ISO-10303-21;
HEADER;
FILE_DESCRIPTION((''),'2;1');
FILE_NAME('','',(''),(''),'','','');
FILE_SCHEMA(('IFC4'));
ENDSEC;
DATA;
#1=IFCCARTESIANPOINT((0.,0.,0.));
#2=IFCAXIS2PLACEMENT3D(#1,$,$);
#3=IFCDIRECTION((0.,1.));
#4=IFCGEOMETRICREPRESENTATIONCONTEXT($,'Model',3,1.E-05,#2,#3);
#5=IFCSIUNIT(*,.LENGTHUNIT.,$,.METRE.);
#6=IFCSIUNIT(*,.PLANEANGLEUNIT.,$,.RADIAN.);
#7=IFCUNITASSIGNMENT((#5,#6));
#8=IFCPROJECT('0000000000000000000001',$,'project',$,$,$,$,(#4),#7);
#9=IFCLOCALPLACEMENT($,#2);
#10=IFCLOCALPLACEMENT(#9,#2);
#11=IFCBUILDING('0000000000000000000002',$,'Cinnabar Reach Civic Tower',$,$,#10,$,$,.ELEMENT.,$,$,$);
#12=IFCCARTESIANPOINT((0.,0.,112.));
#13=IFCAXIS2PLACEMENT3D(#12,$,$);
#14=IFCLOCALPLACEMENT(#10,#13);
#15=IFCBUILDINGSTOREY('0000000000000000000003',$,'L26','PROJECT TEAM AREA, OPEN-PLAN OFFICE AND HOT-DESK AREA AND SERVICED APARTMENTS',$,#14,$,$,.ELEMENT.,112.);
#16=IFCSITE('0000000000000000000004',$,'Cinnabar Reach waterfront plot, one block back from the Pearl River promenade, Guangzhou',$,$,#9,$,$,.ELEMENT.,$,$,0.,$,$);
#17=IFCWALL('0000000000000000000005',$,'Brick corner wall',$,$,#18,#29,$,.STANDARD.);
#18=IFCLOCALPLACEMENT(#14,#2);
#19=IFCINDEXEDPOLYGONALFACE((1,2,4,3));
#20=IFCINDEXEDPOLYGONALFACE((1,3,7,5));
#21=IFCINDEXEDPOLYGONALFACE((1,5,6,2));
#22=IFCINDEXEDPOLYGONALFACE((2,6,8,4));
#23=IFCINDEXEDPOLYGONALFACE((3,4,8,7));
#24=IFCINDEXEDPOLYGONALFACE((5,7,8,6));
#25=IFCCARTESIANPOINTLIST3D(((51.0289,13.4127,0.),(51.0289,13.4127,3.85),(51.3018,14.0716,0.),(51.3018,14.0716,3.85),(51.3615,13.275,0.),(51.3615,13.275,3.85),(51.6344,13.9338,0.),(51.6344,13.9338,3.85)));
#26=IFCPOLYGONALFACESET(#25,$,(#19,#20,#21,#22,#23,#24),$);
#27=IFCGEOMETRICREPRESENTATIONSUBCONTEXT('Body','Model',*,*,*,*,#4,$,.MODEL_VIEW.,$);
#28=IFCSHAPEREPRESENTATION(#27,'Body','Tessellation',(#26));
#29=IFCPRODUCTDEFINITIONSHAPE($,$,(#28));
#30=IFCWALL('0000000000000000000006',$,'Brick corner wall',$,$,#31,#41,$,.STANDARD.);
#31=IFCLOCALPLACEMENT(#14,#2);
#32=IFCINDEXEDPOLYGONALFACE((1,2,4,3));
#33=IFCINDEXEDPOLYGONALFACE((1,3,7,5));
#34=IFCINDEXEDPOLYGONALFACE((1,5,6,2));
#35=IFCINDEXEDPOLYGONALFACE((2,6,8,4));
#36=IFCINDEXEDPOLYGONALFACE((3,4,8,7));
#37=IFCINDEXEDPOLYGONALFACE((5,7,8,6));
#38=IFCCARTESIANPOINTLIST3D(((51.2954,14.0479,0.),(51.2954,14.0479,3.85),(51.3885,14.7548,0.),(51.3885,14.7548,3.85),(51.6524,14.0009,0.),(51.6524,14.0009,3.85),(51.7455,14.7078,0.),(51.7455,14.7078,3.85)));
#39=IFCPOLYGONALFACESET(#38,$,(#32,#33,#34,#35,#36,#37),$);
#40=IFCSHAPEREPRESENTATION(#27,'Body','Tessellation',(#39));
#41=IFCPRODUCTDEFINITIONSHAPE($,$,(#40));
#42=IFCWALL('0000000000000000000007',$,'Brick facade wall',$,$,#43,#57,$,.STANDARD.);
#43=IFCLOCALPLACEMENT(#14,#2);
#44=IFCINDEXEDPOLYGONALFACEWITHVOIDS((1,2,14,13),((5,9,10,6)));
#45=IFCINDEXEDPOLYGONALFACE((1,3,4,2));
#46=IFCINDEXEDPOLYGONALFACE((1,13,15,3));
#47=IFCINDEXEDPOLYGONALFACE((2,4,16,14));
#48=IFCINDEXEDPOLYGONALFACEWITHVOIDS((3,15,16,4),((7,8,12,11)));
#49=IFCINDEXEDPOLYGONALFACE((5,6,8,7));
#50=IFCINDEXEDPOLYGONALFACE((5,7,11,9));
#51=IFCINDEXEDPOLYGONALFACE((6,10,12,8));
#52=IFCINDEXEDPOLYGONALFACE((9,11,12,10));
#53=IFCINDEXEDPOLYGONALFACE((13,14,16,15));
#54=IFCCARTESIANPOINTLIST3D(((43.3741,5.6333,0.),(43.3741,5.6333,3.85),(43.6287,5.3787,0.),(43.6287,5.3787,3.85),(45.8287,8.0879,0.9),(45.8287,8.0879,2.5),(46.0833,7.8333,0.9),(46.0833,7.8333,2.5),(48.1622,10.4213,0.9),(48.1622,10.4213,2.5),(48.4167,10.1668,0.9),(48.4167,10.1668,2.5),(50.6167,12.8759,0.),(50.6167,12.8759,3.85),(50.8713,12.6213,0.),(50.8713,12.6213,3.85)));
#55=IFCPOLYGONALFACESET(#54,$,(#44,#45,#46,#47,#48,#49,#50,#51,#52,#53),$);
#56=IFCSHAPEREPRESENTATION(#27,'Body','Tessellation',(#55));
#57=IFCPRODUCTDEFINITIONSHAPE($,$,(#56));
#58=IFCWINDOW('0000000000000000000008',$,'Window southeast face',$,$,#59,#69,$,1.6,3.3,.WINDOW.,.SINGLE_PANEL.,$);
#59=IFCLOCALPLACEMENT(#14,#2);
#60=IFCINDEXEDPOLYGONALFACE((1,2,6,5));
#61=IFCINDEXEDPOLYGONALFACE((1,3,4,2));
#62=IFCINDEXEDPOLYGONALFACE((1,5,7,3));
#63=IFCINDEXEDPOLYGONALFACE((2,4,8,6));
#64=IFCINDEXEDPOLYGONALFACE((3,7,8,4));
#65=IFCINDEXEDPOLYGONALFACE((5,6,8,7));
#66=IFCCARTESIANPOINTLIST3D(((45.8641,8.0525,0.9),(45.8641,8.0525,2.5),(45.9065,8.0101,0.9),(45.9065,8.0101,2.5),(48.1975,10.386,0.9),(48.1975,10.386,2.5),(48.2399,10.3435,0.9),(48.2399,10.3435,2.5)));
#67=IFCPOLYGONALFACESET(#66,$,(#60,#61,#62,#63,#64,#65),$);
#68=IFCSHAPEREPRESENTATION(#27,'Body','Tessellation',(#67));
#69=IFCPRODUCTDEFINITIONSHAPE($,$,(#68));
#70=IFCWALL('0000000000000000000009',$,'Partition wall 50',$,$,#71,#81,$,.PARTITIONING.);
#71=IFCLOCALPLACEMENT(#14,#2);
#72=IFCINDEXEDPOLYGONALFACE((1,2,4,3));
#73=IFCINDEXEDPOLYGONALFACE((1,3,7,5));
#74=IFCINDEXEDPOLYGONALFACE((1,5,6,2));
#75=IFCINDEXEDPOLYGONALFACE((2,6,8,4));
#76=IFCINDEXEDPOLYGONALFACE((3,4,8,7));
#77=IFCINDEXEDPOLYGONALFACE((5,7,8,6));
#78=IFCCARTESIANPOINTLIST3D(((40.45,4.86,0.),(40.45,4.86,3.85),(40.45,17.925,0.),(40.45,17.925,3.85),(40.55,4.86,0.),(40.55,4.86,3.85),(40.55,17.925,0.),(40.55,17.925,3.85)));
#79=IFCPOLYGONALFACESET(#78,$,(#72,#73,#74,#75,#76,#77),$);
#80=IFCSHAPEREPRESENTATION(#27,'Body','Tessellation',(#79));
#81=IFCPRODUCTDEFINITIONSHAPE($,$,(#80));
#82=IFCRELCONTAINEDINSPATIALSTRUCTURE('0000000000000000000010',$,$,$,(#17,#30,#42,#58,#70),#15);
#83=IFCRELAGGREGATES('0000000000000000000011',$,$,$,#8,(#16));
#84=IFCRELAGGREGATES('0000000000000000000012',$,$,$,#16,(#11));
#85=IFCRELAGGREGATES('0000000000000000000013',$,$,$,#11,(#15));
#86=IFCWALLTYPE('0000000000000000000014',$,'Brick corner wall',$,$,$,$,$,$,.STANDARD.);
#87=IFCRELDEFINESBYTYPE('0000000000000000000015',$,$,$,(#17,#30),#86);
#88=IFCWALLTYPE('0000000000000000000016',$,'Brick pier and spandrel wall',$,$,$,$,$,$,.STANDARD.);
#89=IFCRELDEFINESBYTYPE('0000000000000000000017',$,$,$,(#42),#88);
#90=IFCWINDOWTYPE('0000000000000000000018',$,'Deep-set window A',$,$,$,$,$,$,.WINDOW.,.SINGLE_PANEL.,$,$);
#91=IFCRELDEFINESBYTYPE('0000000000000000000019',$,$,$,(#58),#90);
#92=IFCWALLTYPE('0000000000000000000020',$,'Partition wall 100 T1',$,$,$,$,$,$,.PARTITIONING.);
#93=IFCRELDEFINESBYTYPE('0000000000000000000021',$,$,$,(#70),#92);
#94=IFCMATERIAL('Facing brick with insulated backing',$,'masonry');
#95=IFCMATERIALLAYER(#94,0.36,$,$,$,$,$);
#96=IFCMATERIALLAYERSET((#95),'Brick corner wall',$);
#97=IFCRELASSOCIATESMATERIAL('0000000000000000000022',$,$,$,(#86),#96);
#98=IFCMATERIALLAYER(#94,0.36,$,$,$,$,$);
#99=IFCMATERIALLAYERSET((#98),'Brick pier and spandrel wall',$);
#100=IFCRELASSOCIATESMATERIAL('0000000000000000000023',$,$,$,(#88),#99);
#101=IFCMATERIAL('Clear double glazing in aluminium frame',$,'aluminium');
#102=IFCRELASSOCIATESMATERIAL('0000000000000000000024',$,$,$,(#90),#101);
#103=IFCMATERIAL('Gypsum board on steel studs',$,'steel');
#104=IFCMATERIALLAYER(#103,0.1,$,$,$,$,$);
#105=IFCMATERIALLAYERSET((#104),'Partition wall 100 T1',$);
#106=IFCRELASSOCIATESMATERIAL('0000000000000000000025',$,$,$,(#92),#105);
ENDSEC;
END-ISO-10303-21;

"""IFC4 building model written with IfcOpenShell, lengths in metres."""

from ifc_helpers import new_model, si_unit, direction, frame, frame_2d, origin, place, context, subcontext, project, spatial, rectangle, extrude, material, layer, layer_set, type_object, element, fill, save


model = new_model("IFC4")

# Units and contexts
model_context = context("Model", 3, precision=1e-05, world=origin(), true_north=direction((0.0, 1.0)))
body_context = subcontext(model_context, "Body", "Model", "MODEL_VIEW")
ifc_project = project(units=[si_unit("LENGTHUNIT", "METRE"), si_unit("PLANEANGLEUNIT", "RADIAN")], contexts=[model_context])

# Site, building, storey
site_placement = place(None, origin())
site = spatial("IfcSite", under=ifc_project, at=site_placement, Name="Cinnabar Reach waterfront plot, one block back from the Pearl River promenade, Guangzhou", CompositionType="ELEMENT", RefElevation=0.0)
building_placement = place(site_placement, origin())
building = spatial("IfcBuilding", under=site, at=building_placement, Name="Cinnabar Reach Civic Tower", CompositionType="ELEMENT")
storey_placement = place(building_placement, frame((0.0, 0.0, 112.0)))
storey = spatial("IfcBuildingStorey", under=building, at=storey_placement, Name="L26", Description="PROJECT TEAM AREA, OPEN-PLAN OFFICE AND HOT-DESK AREA AND SERVICED APARTMENTS", CompositionType="ELEMENT", Elevation=112.0)

# Walls
ifc_material_1 = material(Name="Facing brick with insulated backing", Category="masonry")
ifc_layer_1 = layer(ifc_material_1, 0.36)
ifc_layer_set_1 = layer_set([ifc_layer_1], Name="Brick corner wall")
wall_type_1 = type_object("IfcWallType", Name="Brick corner wall", PredefinedType="STANDARD", material=ifc_layer_set_1)
for number, where, z_axis, x_axis, name in (
    (1, (51.1952, 13.3439, 0.0), (0.0, 0.0, 1.0), (0.382703, 0.923872, 0.0), "Brick corner wall"),
    (2, (51.4739, 14.0244, 0.0), (0.0, 0.0, 1.0), (0.130556, 0.991441, 0.0), "Brick corner wall"),
):
    element("IfcWall", number, at=place(storey_placement, frame(where, z_axis=z_axis, x_axis=x_axis)), inside=storey, type_object=wall_type_1, Name=name, PredefinedType="STANDARD", context=body_context, shape_type="SweptSolid", body=[
        extrude(rectangle(XDim=0.7131, YDim=0.36, at=frame_2d((0.3565, 0.0))), origin(), (0.0, 0.0, 1.0), 3.85),
    ])

# Wall, opening, window
ifc_layer_2 = layer(ifc_material_1, 0.36)
ifc_layer_set_2 = layer_set([ifc_layer_2], Name="Brick pier and spandrel wall")
wall_type_2 = type_object("IfcWallType", Name="Brick pier and spandrel wall", PredefinedType="STANDARD", material=ifc_layer_set_2)
wall_1_placement = place(storey_placement, frame((43.5014, 5.506, 0.0), z_axis=(0.0, 0.0, 1.0), x_axis=(0.707107, 0.707107, 0.0)))
wall_1 = element("IfcWall", 3, at=wall_1_placement, inside=storey, type_object=wall_type_2, Name="Brick facade wall", PredefinedType="STANDARD", context=body_context, shape_type="SweptSolid", body=[
    extrude(rectangle(XDim=10.2426, YDim=0.36, at=frame_2d((5.1213, 0.0))), origin(), (0.0, 0.0, 1.0), 3.85),
])
opening_placement = place(wall_1_placement, frame((3.4713, 0.0, 0.9)))
opening = element("IfcOpeningElement", 4, at=opening_placement, cuts=wall_1, PredefinedType="OPENING", context=body_context, shape_type="SweptSolid", body=[
    extrude(rectangle(XDim=3.3, YDim=1.6, at=frame_2d((1.65, 0.8))), frame((0.0, 0.19, 0.0), z_axis=(0.0, -1.0, 0.0), x_axis=(1.0, 0.0, 0.0)), (0.0, 0.0, 1.0), 0.38),
])
ifc_material_2 = material(Name="Clear double glazing in aluminium frame", Category="aluminium")
window_type = type_object("IfcWindowType", Name="Deep-set window A", PartitioningType="SINGLE_PANEL", PredefinedType="WINDOW", material=ifc_material_2)
window_placement = place(opening_placement, origin())
window = element("IfcWindow", 5, at=window_placement, inside=storey, type_object=window_type, Name="Window southeast face", OverallHeight=1.6, OverallWidth=3.3, PartitioningType="SINGLE_PANEL", PredefinedType="WINDOW", context=body_context, shape_type="SweptSolid", body=[
    extrude(rectangle(XDim=3.3, YDim=1.6, at=frame_2d((1.65, 0.8))), frame((0.0, 0.13, 0.0), z_axis=(0.0, -1.0, 0.0), x_axis=(1.0, 0.0, 0.0)), (0.0, 0.0, 1.0), 0.06),
])
fill(opening, window)

# Wall
ifc_material_3 = material(Name="Gypsum board on steel studs", Category="steel")
ifc_layer_3 = layer(ifc_material_3, 0.1)
ifc_layer_set_3 = layer_set([ifc_layer_3], Name="Partition wall 100 T1")
wall_type_3 = type_object("IfcWallType", Name="Partition wall 100 T1", PredefinedType="PARTITIONING", material=ifc_layer_set_3)
wall_2_placement = place(storey_placement, frame((40.5, 4.86, 0.0), z_axis=(0.0, 0.0, 1.0), x_axis=(0.0, 1.0, 0.0)))
element("IfcWall", 6, at=wall_2_placement, inside=storey, type_object=wall_type_3, Name="Partition wall 50", PredefinedType="PARTITIONING", context=body_context, shape_type="SweptSolid", body=[
    extrude(rectangle(XDim=13.065, YDim=0.1, at=frame_2d((6.5325, 0.0))), origin(), (0.0, 0.0, 1.0), 3.85),
])

save(model, "model.ifc")
